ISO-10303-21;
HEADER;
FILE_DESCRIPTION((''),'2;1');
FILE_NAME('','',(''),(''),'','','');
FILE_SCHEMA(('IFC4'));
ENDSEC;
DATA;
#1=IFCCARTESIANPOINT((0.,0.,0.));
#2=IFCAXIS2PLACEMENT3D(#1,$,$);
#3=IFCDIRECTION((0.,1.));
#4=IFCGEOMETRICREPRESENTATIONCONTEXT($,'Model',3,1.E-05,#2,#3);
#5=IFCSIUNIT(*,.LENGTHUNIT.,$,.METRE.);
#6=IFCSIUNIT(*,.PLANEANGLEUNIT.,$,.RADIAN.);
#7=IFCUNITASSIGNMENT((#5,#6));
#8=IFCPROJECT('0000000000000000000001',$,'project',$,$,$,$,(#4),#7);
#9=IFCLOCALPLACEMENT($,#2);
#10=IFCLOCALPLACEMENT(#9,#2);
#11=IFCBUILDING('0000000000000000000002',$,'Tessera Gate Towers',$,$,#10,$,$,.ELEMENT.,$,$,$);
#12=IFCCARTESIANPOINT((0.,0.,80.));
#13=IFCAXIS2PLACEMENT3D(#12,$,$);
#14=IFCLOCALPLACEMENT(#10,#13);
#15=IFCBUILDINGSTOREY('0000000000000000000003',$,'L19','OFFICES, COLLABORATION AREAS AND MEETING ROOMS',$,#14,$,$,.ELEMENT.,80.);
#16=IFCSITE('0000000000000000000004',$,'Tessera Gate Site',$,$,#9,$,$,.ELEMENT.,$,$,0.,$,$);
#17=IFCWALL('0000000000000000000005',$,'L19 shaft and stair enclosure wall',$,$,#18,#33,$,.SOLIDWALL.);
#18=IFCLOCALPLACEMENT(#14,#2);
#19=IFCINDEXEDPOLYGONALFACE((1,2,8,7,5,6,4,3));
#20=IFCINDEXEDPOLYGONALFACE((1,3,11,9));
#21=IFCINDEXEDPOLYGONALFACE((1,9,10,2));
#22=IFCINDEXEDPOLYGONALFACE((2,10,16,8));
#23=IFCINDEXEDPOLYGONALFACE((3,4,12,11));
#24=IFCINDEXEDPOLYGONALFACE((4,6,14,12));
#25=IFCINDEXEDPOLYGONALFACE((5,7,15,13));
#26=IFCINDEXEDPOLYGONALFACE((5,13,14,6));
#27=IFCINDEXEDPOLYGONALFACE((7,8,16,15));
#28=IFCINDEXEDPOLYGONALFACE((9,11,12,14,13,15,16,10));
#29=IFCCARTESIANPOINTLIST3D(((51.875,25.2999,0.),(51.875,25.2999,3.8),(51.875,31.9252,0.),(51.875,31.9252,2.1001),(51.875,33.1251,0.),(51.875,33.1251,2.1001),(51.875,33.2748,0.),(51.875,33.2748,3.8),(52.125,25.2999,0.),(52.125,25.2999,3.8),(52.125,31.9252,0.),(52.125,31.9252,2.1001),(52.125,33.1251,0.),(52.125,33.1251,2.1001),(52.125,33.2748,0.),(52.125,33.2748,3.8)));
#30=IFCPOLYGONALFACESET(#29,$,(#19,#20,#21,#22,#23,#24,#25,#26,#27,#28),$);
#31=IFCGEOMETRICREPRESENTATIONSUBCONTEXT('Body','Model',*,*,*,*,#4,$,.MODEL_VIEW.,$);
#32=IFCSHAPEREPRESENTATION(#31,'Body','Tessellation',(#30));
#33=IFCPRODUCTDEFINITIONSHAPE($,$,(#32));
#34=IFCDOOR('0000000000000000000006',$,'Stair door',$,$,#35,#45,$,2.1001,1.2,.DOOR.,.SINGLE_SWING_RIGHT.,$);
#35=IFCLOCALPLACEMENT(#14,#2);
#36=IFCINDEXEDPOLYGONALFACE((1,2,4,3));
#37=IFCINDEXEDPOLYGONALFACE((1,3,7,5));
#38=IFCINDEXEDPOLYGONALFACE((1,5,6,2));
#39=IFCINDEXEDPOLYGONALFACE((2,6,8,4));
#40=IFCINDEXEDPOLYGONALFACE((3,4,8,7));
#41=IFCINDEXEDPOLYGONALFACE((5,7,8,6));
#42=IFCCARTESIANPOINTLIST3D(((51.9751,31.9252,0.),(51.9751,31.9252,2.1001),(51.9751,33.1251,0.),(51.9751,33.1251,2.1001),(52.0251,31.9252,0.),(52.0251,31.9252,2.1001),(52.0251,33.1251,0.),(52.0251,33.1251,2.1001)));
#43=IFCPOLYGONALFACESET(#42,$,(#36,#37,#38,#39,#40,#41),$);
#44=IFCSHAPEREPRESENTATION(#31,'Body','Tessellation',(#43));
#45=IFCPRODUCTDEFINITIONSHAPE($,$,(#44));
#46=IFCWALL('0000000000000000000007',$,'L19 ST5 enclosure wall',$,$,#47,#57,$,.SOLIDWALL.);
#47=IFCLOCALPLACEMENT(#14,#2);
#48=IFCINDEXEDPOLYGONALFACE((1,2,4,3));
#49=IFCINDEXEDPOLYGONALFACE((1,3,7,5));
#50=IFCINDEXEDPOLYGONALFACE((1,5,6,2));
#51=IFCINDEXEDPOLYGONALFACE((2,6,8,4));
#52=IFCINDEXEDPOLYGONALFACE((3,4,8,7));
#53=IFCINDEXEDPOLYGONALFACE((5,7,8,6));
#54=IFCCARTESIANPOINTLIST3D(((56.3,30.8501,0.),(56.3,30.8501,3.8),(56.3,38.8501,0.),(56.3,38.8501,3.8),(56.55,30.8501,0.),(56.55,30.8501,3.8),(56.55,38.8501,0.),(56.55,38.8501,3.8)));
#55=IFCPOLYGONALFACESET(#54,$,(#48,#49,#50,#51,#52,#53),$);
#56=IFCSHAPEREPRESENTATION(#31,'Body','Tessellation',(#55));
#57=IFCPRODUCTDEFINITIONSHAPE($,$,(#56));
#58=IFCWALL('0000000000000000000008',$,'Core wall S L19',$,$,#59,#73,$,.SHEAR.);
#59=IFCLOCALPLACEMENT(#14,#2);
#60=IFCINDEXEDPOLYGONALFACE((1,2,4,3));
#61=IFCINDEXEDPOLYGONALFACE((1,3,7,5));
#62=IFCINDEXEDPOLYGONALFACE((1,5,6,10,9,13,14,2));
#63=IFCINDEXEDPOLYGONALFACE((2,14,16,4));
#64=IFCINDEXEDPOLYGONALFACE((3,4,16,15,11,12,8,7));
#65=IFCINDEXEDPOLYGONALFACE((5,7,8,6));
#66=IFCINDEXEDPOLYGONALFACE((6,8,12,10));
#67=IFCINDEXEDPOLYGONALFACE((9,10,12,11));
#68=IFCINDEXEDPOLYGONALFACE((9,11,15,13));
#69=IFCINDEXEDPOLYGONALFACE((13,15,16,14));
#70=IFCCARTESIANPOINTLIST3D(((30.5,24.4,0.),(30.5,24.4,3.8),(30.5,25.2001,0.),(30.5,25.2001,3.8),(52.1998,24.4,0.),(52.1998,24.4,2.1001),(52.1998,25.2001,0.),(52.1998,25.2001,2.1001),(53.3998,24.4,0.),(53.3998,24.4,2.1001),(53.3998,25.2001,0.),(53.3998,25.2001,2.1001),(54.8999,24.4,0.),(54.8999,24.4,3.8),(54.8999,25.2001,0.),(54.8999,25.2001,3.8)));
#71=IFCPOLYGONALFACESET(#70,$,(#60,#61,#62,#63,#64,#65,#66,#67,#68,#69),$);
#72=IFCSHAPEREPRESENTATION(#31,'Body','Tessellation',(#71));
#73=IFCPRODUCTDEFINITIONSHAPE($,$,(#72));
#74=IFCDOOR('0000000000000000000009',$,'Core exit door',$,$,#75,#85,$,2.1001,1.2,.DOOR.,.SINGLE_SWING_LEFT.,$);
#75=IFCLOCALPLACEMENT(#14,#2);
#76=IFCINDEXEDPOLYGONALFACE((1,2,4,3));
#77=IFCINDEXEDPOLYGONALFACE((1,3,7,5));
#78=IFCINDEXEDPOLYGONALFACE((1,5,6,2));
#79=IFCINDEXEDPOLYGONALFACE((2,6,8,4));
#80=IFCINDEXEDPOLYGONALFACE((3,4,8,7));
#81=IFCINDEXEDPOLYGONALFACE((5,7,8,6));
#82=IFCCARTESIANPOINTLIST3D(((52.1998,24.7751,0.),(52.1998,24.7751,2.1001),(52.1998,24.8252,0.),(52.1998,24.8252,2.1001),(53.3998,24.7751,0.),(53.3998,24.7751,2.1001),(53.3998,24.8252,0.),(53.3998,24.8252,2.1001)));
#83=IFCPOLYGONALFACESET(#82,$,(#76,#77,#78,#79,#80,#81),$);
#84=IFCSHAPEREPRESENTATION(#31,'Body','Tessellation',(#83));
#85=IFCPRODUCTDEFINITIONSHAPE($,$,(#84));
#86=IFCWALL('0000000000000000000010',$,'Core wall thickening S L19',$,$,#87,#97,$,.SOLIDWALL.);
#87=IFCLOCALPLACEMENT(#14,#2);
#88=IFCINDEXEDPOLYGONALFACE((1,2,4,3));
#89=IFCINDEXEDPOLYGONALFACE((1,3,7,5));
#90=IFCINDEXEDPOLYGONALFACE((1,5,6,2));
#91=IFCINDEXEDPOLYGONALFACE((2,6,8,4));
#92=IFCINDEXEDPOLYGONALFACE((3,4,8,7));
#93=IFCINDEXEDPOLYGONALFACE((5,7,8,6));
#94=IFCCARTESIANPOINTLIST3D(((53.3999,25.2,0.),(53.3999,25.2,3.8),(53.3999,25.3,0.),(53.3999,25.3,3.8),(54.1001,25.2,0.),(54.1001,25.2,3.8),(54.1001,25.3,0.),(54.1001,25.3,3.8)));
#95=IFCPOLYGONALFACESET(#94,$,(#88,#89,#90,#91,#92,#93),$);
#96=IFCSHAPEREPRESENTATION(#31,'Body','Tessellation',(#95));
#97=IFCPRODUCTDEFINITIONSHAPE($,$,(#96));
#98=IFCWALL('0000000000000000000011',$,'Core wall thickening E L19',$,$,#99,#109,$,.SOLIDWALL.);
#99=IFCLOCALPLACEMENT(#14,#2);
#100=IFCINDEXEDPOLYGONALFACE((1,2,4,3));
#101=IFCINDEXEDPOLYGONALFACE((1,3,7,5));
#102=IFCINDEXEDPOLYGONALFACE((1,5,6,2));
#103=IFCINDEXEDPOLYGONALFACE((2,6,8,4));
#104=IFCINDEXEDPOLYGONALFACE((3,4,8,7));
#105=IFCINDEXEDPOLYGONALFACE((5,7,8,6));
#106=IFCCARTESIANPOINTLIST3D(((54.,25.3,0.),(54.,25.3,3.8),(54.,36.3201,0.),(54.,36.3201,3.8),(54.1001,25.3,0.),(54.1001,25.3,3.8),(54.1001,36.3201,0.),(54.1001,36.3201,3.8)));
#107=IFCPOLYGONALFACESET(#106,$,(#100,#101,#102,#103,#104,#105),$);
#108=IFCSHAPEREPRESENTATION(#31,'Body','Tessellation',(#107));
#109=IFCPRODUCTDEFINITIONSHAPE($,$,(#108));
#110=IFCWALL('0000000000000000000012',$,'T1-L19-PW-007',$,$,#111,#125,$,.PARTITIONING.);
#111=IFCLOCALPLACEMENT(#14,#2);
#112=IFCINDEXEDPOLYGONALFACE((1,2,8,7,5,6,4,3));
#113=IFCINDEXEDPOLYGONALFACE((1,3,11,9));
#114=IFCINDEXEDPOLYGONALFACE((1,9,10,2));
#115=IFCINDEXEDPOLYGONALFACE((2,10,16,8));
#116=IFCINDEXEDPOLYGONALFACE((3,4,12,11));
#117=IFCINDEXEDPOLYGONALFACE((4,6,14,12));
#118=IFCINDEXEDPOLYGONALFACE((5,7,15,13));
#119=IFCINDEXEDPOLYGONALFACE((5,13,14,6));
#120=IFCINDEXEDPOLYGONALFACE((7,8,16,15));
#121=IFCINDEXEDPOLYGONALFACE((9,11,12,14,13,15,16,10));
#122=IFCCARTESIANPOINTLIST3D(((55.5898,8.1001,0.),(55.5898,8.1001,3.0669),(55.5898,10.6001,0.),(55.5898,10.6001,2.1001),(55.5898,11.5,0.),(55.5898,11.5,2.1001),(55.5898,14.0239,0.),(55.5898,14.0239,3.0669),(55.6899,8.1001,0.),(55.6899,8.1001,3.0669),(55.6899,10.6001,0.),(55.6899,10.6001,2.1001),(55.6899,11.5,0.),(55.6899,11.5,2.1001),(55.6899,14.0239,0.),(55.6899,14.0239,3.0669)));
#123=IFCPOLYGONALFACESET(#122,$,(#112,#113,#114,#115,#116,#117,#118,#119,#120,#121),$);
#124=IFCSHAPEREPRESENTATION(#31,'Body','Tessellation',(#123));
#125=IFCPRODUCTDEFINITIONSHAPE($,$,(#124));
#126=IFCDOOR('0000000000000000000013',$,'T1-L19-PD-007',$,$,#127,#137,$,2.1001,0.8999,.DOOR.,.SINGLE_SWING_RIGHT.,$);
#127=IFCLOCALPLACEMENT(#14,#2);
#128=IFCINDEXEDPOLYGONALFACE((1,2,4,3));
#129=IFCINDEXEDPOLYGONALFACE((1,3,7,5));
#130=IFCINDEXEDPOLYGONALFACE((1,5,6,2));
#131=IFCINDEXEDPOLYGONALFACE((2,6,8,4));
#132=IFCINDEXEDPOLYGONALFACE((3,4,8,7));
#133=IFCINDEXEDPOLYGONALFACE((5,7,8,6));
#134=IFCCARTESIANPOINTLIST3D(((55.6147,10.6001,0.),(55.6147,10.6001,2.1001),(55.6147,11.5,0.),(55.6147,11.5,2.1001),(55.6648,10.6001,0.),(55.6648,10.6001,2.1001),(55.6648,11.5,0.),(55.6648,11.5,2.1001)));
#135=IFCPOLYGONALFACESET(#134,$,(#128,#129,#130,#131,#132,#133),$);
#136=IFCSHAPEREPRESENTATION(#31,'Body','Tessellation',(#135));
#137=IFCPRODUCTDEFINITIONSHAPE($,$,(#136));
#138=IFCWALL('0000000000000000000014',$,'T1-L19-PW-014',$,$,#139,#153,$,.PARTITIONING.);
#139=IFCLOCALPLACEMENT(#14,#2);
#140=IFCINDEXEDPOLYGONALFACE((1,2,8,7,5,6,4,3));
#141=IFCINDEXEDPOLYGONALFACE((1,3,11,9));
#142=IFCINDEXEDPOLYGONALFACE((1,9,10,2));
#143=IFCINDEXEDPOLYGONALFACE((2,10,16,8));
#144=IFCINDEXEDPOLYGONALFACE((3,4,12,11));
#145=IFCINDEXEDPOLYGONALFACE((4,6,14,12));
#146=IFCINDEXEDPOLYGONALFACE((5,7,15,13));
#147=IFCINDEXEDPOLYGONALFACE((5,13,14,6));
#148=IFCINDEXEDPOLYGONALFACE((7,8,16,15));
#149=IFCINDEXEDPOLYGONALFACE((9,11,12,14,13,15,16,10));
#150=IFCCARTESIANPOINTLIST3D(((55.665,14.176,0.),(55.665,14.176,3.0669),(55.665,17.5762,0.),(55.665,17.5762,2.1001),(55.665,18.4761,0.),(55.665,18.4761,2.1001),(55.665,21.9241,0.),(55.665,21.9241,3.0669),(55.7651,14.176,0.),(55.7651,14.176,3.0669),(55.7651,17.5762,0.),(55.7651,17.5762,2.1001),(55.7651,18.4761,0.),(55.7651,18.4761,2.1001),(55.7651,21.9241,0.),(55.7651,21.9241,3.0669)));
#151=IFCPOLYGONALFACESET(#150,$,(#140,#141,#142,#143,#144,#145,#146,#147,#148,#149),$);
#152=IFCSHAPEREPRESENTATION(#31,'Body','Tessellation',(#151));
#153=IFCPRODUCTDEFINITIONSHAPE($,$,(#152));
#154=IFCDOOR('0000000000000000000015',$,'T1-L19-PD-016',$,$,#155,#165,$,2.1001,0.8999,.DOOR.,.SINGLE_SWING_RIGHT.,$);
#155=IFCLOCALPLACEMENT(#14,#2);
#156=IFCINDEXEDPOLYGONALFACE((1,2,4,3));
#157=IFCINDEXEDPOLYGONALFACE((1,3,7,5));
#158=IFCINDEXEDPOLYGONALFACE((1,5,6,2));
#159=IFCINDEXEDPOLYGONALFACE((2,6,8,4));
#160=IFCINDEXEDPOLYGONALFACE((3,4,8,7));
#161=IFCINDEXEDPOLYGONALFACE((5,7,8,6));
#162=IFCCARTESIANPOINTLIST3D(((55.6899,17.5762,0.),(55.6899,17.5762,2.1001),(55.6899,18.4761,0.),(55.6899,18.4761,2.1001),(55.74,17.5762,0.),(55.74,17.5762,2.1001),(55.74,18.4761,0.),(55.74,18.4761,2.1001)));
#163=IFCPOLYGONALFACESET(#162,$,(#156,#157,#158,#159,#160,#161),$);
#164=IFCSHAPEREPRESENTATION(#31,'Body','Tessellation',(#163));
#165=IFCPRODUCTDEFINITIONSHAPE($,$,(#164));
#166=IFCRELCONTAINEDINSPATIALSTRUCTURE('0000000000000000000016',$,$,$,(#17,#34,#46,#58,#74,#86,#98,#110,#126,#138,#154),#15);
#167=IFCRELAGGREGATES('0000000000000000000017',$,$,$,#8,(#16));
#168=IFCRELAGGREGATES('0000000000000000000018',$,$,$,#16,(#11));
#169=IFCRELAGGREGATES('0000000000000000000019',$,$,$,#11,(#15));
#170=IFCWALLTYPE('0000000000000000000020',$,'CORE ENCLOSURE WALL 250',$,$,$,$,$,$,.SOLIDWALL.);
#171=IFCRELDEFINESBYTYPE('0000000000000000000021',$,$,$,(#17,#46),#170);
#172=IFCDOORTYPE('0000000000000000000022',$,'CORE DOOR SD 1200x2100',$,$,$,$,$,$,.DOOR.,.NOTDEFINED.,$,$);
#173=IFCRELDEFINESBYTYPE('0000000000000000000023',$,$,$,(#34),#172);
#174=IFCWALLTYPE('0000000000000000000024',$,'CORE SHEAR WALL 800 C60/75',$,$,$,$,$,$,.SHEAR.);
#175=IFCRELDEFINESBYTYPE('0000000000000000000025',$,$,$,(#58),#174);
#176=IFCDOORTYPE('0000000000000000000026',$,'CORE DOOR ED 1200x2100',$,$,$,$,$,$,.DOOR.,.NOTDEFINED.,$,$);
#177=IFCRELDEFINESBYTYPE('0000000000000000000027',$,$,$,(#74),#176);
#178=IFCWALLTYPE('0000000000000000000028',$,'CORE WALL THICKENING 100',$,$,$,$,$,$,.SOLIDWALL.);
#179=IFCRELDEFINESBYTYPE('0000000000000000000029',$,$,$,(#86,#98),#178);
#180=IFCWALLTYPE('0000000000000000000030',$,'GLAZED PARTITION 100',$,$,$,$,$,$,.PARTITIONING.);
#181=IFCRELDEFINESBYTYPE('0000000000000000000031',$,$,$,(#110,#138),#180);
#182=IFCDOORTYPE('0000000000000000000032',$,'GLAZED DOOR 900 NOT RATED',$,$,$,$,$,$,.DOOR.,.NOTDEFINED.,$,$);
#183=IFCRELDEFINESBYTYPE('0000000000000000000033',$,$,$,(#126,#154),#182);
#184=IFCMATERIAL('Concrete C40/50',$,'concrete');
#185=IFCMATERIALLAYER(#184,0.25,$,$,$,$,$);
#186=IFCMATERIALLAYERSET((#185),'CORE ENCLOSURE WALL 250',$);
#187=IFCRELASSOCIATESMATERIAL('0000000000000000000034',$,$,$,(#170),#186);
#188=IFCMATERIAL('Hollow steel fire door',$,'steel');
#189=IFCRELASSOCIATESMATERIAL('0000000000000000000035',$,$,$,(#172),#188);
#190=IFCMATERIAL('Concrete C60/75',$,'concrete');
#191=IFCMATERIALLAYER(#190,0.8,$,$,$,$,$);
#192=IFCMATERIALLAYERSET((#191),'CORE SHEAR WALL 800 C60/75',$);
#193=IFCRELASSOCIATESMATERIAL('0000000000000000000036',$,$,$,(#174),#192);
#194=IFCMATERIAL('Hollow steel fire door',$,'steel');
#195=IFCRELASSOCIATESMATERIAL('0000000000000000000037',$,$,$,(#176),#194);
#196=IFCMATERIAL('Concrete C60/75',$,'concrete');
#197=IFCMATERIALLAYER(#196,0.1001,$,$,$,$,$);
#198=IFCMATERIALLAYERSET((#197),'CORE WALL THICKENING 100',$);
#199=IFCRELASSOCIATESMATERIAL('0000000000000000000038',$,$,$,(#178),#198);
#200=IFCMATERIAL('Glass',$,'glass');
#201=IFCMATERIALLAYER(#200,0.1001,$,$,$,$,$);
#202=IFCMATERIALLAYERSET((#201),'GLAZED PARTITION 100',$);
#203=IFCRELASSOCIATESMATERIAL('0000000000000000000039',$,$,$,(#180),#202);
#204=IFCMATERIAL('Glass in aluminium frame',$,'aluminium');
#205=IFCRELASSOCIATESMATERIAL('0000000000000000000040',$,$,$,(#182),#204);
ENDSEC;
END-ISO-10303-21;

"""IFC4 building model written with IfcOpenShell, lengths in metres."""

from ifc_helpers import new_model, si_unit, direction, frame, frame_2d, origin, place, context, subcontext, project, spatial, rectangle, extrude, source, transform, mapped, material, layer, layer_set, type_object, element, fill, save


model = new_model("IFC4")

# Units and contexts
model_context = context("Model", 3, precision=1e-05, world=origin(), true_north=direction((0.0, 1.0)))
body_context = subcontext(model_context, "Body", "Model", "MODEL_VIEW")
ifc_project = project(units=[si_unit("LENGTHUNIT", "METRE"), si_unit("PLANEANGLEUNIT", "RADIAN")], contexts=[model_context])

# Site, building, storey
site_placement = place(None, origin())
site = spatial("IfcSite", under=ifc_project, at=site_placement, Name="Tessera Gate Site", CompositionType="ELEMENT", RefElevation=0.0)
building_placement = place(site_placement, origin())
building = spatial("IfcBuilding", under=site, at=building_placement, Name="Tessera Gate Towers", CompositionType="ELEMENT")
storey_placement = place(building_placement, frame((0.0, 0.0, 80.0)))
storey = spatial("IfcBuildingStorey", under=building, at=storey_placement, Name="L19", Description="OFFICES, COLLABORATION AREAS AND MEETING ROOMS", CompositionType="ELEMENT", Elevation=80.0)

# Wall, opening, door
ifc_material_1 = material(Name="Concrete C40/50", Category="concrete")
ifc_layer_1 = layer(ifc_material_1, 0.25)
ifc_layer_set_1 = layer_set([ifc_layer_1], Name="CORE ENCLOSURE WALL 250")
wall_type_1 = type_object("IfcWallType", Name="CORE ENCLOSURE WALL 250", PredefinedType="SOLIDWALL", material=ifc_layer_set_1)
wall_1_placement = place(storey_placement, frame((52.0, 25.3, 0.0), z_axis=(0.0, 0.0, 1.0), x_axis=(0.0, 1.0, 0.0)))
wall_1 = element("IfcWall", 1, at=wall_1_placement, inside=storey, type_object=wall_type_1, Name="L19 shaft and stair enclosure wall", PredefinedType="SOLIDWALL", context=body_context, shape_type="SweptSolid", body=[
    extrude(rectangle(XDim=7.9749, YDim=0.25, at=frame_2d((3.9873, 0.0))), origin(), (0.0, 0.0, 1.0), 3.8),
])
shared_shape_1 = source(origin(), body_context, "Body", "SweptSolid", [
    extrude(rectangle(XDim=1.2, YDim=2.1001, at=frame_2d((0.6001, 1.05))), frame((0.0, 0.135, 0.0), z_axis=(0.0, -1.0, 0.0), x_axis=(1.0, 0.0, 0.0)), (0.0, 0.0, 1.0), 0.27),
])
opening_1_placement = place(wall_1_placement, frame((6.625, 0.0, 0.0)))
opening_1 = element("IfcOpeningElement", 2, at=opening_1_placement, cuts=wall_1, PredefinedType="OPENING", context=body_context, shape_type="MappedRepresentation", body=[
    mapped(shared_shape_1, transform((0.0, 0.0, 0.0), scale=1.0)),
])
ifc_material_2 = material(Name="Hollow steel fire door", Category="steel")
door_type_1 = type_object("IfcDoorType", Name="CORE DOOR SD 1200x2100", OperationType="NOTDEFINED", PredefinedType="DOOR", material=ifc_material_2)
shared_shape_2 = source(origin(), body_context, "Body", "SweptSolid", [
    extrude(rectangle(XDim=1.2, YDim=2.1001, at=frame_2d((0.6001, 1.05))), frame((0.0, 0.0249, 0.0), z_axis=(0.0, -1.0, 0.0), x_axis=(1.0, 0.0, 0.0)), (0.0, 0.0, 1.0), 0.05),
])
door_1_placement = place(opening_1_placement, origin())
door_1 = element("IfcDoor", 3, at=door_1_placement, inside=storey, type_object=door_type_1, Name="Stair door", OperationType="SINGLE_SWING_RIGHT", OverallHeight=2.1001, OverallWidth=1.2, PredefinedType="DOOR", context=body_context, shape_type="MappedRepresentation", body=[
    mapped(shared_shape_2, transform((0.0, 0.0, 0.0), scale=1.0)),
])
fill(opening_1, door_1)

# Wall
wall_2_placement = place(storey_placement, frame((56.425, 30.8501, 0.0), z_axis=(0.0, 0.0, 1.0), x_axis=(0.0, 1.0, 0.0)))
element("IfcWall", 4, at=wall_2_placement, inside=storey, type_object=wall_type_1, Name="L19 ST5 enclosure wall", PredefinedType="SOLIDWALL", context=body_context, shape_type="SweptSolid", body=[
    extrude(rectangle(XDim=8.0, YDim=0.25, at=frame_2d((4.0, 0.0))), origin(), (0.0, 0.0, 1.0), 3.8),
])

# Wall, opening, door
ifc_material_3 = material(Name="Concrete C60/75", Category="concrete")
ifc_layer_2 = layer(ifc_material_3, 0.8)
ifc_layer_set_2 = layer_set([ifc_layer_2], Name="CORE SHEAR WALL 800 C60/75")
wall_type_2 = type_object("IfcWallType", Name="CORE SHEAR WALL 800 C60/75", PredefinedType="SHEAR", material=ifc_layer_set_2)
wall_3_placement = place(storey_placement, frame((54.8999, 24.8, 0.0), z_axis=(0.0, 0.0, 1.0), x_axis=(-1.0, 0.0, 0.0)))
wall_3 = element("IfcWall", 5, at=wall_3_placement, inside=storey, type_object=wall_type_2, Name="Core wall S L19", PredefinedType="SHEAR", context=body_context, shape_type="SweptSolid", body=[
    extrude(rectangle(XDim=24.3999, YDim=0.8, at=frame_2d((12.2, 0.0))), origin(), (0.0, 0.0, 1.0), 3.8),
])
shared_shape_3 = source(origin(), body_context, "Body", "SweptSolid", [
    extrude(rectangle(XDim=1.2, YDim=2.1001, at=frame_2d((0.6001, 1.05))), frame((0.0, 0.4099, 0.0), z_axis=(0.0, -1.0, 0.0), x_axis=(1.0, 0.0, 0.0)), (0.0, 0.0, 1.0), 0.8201),
])
opening_2_placement = place(wall_3_placement, frame((1.5, 0.0, 0.0)))
opening_2 = element("IfcOpeningElement", 6, at=opening_2_placement, cuts=wall_3, PredefinedType="OPENING", context=body_context, shape_type="MappedRepresentation", body=[
    mapped(shared_shape_3, transform((0.0, 0.0, 0.0), scale=1.0)),
])
ifc_material_4 = material(Name="Hollow steel fire door", Category="steel")
door_type_2 = type_object("IfcDoorType", Name="CORE DOOR ED 1200x2100", OperationType="NOTDEFINED", PredefinedType="DOOR", material=ifc_material_4)
door_2_placement = place(opening_2_placement, origin())
door_2 = element("IfcDoor", 7, at=door_2_placement, inside=storey, type_object=door_type_2, Name="Core exit door", OperationType="SINGLE_SWING_LEFT", OverallHeight=2.1001, OverallWidth=1.2, PredefinedType="DOOR", context=body_context, shape_type="MappedRepresentation", body=[
    mapped(shared_shape_2, transform((0.0, 0.0, 0.0), scale=1.0)),
])
fill(opening_2, door_2)

# Walls
ifc_material_5 = material(Name="Concrete C60/75", Category="concrete")
ifc_layer_3 = layer(ifc_material_5, 0.1001)
ifc_layer_set_3 = layer_set([ifc_layer_3], Name="CORE WALL THICKENING 100")
wall_type_3 = type_object("IfcWallType", Name="CORE WALL THICKENING 100", PredefinedType="SOLIDWALL", material=ifc_layer_set_3)
wall_4_placement = place(storey_placement, frame((53.3999, 25.25, 0.0), z_axis=(0.0, 0.0, 1.0), x_axis=(1.0, 0.0, 0.0)))
element("IfcWall", 8, at=wall_4_placement, inside=storey, type_object=wall_type_3, Name="Core wall thickening S L19", PredefinedType="SOLIDWALL", context=body_context, shape_type="SweptSolid", body=[
    extrude(rectangle(XDim=0.7002, YDim=0.1001, at=frame_2d((0.3501, 0.0))), origin(), (0.0, 0.0, 1.0), 3.8),
])
wall_5_placement = place(storey_placement, frame((54.05, 25.3, 0.0), z_axis=(0.0, 0.0, 1.0), x_axis=(0.0, 1.0, 0.0)))
element("IfcWall", 9, at=wall_5_placement, inside=storey, type_object=wall_type_3, Name="Core wall thickening E L19", PredefinedType="SOLIDWALL", context=body_context, shape_type="SweptSolid", body=[
    extrude(rectangle(XDim=11.02, YDim=0.1001, at=frame_2d((5.51, 0.0))), origin(), (0.0, 0.0, 1.0), 3.8),
])

# Walls, openings, doors
ifc_material_6 = material(Name="Glass", Category="glass")
ifc_layer_4 = layer(ifc_material_6, 0.1001)
ifc_layer_set_4 = layer_set([ifc_layer_4], Name="GLAZED PARTITION 100")
wall_type_4 = type_object("IfcWallType", Name="GLAZED PARTITION 100", PredefinedType="PARTITIONING", material=ifc_layer_set_4)
wall_6_placement = place(storey_placement, frame((55.6399, 14.0239, 0.0), z_axis=(0.0, 0.0, 1.0), x_axis=(0.0, -1.0, 0.0)))
wall_6 = element("IfcWall", 10, at=wall_6_placement, inside=storey, type_object=wall_type_4, Name="T1-L19-PW-007", PredefinedType="PARTITIONING", context=body_context, shape_type="SweptSolid", body=[
    extrude(rectangle(XDim=5.9238, YDim=0.1001, at=frame_2d((2.9619, 0.0))), origin(), (0.0, 0.0, 1.0), 3.0669),
])
shared_shape_4 = source(origin(), body_context, "Body", "SweptSolid", [
    extrude(rectangle(XDim=0.8999, YDim=2.1001, at=frame_2d((0.45, 1.05))), frame((0.0, 0.0601, 0.0), z_axis=(0.0, -1.0, 0.0), x_axis=(1.0, 0.0, 0.0)), (0.0, 0.0, 1.0), 0.1201),
])
opening_3_placement = place(wall_6_placement, frame((2.5239, 0.0, 0.0)))
opening_3 = element("IfcOpeningElement", 11, at=opening_3_placement, cuts=wall_6, PredefinedType="OPENING", context=body_context, shape_type="MappedRepresentation", body=[
    mapped(shared_shape_4, transform((0.0, 0.0, 0.0), scale=1.0)),
])
ifc_material_7 = material(Name="Glass in aluminium frame", Category="aluminium")
door_type_3 = type_object("IfcDoorType", Name="GLAZED DOOR 900 NOT RATED", OperationType="NOTDEFINED", PredefinedType="DOOR", material=ifc_material_7)
shared_shape_5 = source(origin(), body_context, "Body", "SweptSolid", [
    extrude(rectangle(XDim=0.8999, YDim=2.1001, at=frame_2d((0.45, 1.05))), frame((0.0, 0.0249, 0.0), z_axis=(0.0, -1.0, 0.0), x_axis=(1.0, 0.0, 0.0)), (0.0, 0.0, 1.0), 0.05),
])
door_3_placement = place(opening_3_placement, origin())
door_3 = element("IfcDoor", 12, at=door_3_placement, inside=storey, type_object=door_type_3, Name="T1-L19-PD-007", OperationType="SINGLE_SWING_RIGHT", OverallHeight=2.1001, OverallWidth=0.8999, PredefinedType="DOOR", context=body_context, shape_type="MappedRepresentation", body=[
    mapped(shared_shape_5, transform((0.0, 0.0, 0.0), scale=1.0)),
])
fill(opening_3, door_3)
wall_7_placement = place(storey_placement, frame((55.7151, 21.9241, 0.0), z_axis=(0.0, 0.0, 1.0), x_axis=(0.0, -1.0, 0.0)))
wall_7 = element("IfcWall", 13, at=wall_7_placement, inside=storey, type_object=wall_type_4, Name="T1-L19-PW-014", PredefinedType="PARTITIONING", context=body_context, shape_type="SweptSolid", body=[
    extrude(rectangle(XDim=7.748, YDim=0.1001, at=frame_2d((3.874, 0.0))), origin(), (0.0, 0.0, 1.0), 3.0669),
])
opening_4_placement = place(wall_7_placement, frame((3.448, 0.0, 0.0)))
opening_4 = element("IfcOpeningElement", 14, at=opening_4_placement, cuts=wall_7, PredefinedType="OPENING", context=body_context, shape_type="MappedRepresentation", body=[
    mapped(shared_shape_4, transform((0.0, 0.0, 0.0), scale=1.0)),
])
door_4_placement = place(opening_4_placement, origin())
door_4 = element("IfcDoor", 15, at=door_4_placement, inside=storey, type_object=door_type_3, Name="T1-L19-PD-016", OperationType="SINGLE_SWING_RIGHT", OverallHeight=2.1001, OverallWidth=0.8999, PredefinedType="DOOR", context=body_context, shape_type="MappedRepresentation", body=[
    mapped(shared_shape_5, transform((0.0, 0.0, 0.0), scale=1.0)),
])
fill(opening_4, door_4)

save(model, "model.ifc")
